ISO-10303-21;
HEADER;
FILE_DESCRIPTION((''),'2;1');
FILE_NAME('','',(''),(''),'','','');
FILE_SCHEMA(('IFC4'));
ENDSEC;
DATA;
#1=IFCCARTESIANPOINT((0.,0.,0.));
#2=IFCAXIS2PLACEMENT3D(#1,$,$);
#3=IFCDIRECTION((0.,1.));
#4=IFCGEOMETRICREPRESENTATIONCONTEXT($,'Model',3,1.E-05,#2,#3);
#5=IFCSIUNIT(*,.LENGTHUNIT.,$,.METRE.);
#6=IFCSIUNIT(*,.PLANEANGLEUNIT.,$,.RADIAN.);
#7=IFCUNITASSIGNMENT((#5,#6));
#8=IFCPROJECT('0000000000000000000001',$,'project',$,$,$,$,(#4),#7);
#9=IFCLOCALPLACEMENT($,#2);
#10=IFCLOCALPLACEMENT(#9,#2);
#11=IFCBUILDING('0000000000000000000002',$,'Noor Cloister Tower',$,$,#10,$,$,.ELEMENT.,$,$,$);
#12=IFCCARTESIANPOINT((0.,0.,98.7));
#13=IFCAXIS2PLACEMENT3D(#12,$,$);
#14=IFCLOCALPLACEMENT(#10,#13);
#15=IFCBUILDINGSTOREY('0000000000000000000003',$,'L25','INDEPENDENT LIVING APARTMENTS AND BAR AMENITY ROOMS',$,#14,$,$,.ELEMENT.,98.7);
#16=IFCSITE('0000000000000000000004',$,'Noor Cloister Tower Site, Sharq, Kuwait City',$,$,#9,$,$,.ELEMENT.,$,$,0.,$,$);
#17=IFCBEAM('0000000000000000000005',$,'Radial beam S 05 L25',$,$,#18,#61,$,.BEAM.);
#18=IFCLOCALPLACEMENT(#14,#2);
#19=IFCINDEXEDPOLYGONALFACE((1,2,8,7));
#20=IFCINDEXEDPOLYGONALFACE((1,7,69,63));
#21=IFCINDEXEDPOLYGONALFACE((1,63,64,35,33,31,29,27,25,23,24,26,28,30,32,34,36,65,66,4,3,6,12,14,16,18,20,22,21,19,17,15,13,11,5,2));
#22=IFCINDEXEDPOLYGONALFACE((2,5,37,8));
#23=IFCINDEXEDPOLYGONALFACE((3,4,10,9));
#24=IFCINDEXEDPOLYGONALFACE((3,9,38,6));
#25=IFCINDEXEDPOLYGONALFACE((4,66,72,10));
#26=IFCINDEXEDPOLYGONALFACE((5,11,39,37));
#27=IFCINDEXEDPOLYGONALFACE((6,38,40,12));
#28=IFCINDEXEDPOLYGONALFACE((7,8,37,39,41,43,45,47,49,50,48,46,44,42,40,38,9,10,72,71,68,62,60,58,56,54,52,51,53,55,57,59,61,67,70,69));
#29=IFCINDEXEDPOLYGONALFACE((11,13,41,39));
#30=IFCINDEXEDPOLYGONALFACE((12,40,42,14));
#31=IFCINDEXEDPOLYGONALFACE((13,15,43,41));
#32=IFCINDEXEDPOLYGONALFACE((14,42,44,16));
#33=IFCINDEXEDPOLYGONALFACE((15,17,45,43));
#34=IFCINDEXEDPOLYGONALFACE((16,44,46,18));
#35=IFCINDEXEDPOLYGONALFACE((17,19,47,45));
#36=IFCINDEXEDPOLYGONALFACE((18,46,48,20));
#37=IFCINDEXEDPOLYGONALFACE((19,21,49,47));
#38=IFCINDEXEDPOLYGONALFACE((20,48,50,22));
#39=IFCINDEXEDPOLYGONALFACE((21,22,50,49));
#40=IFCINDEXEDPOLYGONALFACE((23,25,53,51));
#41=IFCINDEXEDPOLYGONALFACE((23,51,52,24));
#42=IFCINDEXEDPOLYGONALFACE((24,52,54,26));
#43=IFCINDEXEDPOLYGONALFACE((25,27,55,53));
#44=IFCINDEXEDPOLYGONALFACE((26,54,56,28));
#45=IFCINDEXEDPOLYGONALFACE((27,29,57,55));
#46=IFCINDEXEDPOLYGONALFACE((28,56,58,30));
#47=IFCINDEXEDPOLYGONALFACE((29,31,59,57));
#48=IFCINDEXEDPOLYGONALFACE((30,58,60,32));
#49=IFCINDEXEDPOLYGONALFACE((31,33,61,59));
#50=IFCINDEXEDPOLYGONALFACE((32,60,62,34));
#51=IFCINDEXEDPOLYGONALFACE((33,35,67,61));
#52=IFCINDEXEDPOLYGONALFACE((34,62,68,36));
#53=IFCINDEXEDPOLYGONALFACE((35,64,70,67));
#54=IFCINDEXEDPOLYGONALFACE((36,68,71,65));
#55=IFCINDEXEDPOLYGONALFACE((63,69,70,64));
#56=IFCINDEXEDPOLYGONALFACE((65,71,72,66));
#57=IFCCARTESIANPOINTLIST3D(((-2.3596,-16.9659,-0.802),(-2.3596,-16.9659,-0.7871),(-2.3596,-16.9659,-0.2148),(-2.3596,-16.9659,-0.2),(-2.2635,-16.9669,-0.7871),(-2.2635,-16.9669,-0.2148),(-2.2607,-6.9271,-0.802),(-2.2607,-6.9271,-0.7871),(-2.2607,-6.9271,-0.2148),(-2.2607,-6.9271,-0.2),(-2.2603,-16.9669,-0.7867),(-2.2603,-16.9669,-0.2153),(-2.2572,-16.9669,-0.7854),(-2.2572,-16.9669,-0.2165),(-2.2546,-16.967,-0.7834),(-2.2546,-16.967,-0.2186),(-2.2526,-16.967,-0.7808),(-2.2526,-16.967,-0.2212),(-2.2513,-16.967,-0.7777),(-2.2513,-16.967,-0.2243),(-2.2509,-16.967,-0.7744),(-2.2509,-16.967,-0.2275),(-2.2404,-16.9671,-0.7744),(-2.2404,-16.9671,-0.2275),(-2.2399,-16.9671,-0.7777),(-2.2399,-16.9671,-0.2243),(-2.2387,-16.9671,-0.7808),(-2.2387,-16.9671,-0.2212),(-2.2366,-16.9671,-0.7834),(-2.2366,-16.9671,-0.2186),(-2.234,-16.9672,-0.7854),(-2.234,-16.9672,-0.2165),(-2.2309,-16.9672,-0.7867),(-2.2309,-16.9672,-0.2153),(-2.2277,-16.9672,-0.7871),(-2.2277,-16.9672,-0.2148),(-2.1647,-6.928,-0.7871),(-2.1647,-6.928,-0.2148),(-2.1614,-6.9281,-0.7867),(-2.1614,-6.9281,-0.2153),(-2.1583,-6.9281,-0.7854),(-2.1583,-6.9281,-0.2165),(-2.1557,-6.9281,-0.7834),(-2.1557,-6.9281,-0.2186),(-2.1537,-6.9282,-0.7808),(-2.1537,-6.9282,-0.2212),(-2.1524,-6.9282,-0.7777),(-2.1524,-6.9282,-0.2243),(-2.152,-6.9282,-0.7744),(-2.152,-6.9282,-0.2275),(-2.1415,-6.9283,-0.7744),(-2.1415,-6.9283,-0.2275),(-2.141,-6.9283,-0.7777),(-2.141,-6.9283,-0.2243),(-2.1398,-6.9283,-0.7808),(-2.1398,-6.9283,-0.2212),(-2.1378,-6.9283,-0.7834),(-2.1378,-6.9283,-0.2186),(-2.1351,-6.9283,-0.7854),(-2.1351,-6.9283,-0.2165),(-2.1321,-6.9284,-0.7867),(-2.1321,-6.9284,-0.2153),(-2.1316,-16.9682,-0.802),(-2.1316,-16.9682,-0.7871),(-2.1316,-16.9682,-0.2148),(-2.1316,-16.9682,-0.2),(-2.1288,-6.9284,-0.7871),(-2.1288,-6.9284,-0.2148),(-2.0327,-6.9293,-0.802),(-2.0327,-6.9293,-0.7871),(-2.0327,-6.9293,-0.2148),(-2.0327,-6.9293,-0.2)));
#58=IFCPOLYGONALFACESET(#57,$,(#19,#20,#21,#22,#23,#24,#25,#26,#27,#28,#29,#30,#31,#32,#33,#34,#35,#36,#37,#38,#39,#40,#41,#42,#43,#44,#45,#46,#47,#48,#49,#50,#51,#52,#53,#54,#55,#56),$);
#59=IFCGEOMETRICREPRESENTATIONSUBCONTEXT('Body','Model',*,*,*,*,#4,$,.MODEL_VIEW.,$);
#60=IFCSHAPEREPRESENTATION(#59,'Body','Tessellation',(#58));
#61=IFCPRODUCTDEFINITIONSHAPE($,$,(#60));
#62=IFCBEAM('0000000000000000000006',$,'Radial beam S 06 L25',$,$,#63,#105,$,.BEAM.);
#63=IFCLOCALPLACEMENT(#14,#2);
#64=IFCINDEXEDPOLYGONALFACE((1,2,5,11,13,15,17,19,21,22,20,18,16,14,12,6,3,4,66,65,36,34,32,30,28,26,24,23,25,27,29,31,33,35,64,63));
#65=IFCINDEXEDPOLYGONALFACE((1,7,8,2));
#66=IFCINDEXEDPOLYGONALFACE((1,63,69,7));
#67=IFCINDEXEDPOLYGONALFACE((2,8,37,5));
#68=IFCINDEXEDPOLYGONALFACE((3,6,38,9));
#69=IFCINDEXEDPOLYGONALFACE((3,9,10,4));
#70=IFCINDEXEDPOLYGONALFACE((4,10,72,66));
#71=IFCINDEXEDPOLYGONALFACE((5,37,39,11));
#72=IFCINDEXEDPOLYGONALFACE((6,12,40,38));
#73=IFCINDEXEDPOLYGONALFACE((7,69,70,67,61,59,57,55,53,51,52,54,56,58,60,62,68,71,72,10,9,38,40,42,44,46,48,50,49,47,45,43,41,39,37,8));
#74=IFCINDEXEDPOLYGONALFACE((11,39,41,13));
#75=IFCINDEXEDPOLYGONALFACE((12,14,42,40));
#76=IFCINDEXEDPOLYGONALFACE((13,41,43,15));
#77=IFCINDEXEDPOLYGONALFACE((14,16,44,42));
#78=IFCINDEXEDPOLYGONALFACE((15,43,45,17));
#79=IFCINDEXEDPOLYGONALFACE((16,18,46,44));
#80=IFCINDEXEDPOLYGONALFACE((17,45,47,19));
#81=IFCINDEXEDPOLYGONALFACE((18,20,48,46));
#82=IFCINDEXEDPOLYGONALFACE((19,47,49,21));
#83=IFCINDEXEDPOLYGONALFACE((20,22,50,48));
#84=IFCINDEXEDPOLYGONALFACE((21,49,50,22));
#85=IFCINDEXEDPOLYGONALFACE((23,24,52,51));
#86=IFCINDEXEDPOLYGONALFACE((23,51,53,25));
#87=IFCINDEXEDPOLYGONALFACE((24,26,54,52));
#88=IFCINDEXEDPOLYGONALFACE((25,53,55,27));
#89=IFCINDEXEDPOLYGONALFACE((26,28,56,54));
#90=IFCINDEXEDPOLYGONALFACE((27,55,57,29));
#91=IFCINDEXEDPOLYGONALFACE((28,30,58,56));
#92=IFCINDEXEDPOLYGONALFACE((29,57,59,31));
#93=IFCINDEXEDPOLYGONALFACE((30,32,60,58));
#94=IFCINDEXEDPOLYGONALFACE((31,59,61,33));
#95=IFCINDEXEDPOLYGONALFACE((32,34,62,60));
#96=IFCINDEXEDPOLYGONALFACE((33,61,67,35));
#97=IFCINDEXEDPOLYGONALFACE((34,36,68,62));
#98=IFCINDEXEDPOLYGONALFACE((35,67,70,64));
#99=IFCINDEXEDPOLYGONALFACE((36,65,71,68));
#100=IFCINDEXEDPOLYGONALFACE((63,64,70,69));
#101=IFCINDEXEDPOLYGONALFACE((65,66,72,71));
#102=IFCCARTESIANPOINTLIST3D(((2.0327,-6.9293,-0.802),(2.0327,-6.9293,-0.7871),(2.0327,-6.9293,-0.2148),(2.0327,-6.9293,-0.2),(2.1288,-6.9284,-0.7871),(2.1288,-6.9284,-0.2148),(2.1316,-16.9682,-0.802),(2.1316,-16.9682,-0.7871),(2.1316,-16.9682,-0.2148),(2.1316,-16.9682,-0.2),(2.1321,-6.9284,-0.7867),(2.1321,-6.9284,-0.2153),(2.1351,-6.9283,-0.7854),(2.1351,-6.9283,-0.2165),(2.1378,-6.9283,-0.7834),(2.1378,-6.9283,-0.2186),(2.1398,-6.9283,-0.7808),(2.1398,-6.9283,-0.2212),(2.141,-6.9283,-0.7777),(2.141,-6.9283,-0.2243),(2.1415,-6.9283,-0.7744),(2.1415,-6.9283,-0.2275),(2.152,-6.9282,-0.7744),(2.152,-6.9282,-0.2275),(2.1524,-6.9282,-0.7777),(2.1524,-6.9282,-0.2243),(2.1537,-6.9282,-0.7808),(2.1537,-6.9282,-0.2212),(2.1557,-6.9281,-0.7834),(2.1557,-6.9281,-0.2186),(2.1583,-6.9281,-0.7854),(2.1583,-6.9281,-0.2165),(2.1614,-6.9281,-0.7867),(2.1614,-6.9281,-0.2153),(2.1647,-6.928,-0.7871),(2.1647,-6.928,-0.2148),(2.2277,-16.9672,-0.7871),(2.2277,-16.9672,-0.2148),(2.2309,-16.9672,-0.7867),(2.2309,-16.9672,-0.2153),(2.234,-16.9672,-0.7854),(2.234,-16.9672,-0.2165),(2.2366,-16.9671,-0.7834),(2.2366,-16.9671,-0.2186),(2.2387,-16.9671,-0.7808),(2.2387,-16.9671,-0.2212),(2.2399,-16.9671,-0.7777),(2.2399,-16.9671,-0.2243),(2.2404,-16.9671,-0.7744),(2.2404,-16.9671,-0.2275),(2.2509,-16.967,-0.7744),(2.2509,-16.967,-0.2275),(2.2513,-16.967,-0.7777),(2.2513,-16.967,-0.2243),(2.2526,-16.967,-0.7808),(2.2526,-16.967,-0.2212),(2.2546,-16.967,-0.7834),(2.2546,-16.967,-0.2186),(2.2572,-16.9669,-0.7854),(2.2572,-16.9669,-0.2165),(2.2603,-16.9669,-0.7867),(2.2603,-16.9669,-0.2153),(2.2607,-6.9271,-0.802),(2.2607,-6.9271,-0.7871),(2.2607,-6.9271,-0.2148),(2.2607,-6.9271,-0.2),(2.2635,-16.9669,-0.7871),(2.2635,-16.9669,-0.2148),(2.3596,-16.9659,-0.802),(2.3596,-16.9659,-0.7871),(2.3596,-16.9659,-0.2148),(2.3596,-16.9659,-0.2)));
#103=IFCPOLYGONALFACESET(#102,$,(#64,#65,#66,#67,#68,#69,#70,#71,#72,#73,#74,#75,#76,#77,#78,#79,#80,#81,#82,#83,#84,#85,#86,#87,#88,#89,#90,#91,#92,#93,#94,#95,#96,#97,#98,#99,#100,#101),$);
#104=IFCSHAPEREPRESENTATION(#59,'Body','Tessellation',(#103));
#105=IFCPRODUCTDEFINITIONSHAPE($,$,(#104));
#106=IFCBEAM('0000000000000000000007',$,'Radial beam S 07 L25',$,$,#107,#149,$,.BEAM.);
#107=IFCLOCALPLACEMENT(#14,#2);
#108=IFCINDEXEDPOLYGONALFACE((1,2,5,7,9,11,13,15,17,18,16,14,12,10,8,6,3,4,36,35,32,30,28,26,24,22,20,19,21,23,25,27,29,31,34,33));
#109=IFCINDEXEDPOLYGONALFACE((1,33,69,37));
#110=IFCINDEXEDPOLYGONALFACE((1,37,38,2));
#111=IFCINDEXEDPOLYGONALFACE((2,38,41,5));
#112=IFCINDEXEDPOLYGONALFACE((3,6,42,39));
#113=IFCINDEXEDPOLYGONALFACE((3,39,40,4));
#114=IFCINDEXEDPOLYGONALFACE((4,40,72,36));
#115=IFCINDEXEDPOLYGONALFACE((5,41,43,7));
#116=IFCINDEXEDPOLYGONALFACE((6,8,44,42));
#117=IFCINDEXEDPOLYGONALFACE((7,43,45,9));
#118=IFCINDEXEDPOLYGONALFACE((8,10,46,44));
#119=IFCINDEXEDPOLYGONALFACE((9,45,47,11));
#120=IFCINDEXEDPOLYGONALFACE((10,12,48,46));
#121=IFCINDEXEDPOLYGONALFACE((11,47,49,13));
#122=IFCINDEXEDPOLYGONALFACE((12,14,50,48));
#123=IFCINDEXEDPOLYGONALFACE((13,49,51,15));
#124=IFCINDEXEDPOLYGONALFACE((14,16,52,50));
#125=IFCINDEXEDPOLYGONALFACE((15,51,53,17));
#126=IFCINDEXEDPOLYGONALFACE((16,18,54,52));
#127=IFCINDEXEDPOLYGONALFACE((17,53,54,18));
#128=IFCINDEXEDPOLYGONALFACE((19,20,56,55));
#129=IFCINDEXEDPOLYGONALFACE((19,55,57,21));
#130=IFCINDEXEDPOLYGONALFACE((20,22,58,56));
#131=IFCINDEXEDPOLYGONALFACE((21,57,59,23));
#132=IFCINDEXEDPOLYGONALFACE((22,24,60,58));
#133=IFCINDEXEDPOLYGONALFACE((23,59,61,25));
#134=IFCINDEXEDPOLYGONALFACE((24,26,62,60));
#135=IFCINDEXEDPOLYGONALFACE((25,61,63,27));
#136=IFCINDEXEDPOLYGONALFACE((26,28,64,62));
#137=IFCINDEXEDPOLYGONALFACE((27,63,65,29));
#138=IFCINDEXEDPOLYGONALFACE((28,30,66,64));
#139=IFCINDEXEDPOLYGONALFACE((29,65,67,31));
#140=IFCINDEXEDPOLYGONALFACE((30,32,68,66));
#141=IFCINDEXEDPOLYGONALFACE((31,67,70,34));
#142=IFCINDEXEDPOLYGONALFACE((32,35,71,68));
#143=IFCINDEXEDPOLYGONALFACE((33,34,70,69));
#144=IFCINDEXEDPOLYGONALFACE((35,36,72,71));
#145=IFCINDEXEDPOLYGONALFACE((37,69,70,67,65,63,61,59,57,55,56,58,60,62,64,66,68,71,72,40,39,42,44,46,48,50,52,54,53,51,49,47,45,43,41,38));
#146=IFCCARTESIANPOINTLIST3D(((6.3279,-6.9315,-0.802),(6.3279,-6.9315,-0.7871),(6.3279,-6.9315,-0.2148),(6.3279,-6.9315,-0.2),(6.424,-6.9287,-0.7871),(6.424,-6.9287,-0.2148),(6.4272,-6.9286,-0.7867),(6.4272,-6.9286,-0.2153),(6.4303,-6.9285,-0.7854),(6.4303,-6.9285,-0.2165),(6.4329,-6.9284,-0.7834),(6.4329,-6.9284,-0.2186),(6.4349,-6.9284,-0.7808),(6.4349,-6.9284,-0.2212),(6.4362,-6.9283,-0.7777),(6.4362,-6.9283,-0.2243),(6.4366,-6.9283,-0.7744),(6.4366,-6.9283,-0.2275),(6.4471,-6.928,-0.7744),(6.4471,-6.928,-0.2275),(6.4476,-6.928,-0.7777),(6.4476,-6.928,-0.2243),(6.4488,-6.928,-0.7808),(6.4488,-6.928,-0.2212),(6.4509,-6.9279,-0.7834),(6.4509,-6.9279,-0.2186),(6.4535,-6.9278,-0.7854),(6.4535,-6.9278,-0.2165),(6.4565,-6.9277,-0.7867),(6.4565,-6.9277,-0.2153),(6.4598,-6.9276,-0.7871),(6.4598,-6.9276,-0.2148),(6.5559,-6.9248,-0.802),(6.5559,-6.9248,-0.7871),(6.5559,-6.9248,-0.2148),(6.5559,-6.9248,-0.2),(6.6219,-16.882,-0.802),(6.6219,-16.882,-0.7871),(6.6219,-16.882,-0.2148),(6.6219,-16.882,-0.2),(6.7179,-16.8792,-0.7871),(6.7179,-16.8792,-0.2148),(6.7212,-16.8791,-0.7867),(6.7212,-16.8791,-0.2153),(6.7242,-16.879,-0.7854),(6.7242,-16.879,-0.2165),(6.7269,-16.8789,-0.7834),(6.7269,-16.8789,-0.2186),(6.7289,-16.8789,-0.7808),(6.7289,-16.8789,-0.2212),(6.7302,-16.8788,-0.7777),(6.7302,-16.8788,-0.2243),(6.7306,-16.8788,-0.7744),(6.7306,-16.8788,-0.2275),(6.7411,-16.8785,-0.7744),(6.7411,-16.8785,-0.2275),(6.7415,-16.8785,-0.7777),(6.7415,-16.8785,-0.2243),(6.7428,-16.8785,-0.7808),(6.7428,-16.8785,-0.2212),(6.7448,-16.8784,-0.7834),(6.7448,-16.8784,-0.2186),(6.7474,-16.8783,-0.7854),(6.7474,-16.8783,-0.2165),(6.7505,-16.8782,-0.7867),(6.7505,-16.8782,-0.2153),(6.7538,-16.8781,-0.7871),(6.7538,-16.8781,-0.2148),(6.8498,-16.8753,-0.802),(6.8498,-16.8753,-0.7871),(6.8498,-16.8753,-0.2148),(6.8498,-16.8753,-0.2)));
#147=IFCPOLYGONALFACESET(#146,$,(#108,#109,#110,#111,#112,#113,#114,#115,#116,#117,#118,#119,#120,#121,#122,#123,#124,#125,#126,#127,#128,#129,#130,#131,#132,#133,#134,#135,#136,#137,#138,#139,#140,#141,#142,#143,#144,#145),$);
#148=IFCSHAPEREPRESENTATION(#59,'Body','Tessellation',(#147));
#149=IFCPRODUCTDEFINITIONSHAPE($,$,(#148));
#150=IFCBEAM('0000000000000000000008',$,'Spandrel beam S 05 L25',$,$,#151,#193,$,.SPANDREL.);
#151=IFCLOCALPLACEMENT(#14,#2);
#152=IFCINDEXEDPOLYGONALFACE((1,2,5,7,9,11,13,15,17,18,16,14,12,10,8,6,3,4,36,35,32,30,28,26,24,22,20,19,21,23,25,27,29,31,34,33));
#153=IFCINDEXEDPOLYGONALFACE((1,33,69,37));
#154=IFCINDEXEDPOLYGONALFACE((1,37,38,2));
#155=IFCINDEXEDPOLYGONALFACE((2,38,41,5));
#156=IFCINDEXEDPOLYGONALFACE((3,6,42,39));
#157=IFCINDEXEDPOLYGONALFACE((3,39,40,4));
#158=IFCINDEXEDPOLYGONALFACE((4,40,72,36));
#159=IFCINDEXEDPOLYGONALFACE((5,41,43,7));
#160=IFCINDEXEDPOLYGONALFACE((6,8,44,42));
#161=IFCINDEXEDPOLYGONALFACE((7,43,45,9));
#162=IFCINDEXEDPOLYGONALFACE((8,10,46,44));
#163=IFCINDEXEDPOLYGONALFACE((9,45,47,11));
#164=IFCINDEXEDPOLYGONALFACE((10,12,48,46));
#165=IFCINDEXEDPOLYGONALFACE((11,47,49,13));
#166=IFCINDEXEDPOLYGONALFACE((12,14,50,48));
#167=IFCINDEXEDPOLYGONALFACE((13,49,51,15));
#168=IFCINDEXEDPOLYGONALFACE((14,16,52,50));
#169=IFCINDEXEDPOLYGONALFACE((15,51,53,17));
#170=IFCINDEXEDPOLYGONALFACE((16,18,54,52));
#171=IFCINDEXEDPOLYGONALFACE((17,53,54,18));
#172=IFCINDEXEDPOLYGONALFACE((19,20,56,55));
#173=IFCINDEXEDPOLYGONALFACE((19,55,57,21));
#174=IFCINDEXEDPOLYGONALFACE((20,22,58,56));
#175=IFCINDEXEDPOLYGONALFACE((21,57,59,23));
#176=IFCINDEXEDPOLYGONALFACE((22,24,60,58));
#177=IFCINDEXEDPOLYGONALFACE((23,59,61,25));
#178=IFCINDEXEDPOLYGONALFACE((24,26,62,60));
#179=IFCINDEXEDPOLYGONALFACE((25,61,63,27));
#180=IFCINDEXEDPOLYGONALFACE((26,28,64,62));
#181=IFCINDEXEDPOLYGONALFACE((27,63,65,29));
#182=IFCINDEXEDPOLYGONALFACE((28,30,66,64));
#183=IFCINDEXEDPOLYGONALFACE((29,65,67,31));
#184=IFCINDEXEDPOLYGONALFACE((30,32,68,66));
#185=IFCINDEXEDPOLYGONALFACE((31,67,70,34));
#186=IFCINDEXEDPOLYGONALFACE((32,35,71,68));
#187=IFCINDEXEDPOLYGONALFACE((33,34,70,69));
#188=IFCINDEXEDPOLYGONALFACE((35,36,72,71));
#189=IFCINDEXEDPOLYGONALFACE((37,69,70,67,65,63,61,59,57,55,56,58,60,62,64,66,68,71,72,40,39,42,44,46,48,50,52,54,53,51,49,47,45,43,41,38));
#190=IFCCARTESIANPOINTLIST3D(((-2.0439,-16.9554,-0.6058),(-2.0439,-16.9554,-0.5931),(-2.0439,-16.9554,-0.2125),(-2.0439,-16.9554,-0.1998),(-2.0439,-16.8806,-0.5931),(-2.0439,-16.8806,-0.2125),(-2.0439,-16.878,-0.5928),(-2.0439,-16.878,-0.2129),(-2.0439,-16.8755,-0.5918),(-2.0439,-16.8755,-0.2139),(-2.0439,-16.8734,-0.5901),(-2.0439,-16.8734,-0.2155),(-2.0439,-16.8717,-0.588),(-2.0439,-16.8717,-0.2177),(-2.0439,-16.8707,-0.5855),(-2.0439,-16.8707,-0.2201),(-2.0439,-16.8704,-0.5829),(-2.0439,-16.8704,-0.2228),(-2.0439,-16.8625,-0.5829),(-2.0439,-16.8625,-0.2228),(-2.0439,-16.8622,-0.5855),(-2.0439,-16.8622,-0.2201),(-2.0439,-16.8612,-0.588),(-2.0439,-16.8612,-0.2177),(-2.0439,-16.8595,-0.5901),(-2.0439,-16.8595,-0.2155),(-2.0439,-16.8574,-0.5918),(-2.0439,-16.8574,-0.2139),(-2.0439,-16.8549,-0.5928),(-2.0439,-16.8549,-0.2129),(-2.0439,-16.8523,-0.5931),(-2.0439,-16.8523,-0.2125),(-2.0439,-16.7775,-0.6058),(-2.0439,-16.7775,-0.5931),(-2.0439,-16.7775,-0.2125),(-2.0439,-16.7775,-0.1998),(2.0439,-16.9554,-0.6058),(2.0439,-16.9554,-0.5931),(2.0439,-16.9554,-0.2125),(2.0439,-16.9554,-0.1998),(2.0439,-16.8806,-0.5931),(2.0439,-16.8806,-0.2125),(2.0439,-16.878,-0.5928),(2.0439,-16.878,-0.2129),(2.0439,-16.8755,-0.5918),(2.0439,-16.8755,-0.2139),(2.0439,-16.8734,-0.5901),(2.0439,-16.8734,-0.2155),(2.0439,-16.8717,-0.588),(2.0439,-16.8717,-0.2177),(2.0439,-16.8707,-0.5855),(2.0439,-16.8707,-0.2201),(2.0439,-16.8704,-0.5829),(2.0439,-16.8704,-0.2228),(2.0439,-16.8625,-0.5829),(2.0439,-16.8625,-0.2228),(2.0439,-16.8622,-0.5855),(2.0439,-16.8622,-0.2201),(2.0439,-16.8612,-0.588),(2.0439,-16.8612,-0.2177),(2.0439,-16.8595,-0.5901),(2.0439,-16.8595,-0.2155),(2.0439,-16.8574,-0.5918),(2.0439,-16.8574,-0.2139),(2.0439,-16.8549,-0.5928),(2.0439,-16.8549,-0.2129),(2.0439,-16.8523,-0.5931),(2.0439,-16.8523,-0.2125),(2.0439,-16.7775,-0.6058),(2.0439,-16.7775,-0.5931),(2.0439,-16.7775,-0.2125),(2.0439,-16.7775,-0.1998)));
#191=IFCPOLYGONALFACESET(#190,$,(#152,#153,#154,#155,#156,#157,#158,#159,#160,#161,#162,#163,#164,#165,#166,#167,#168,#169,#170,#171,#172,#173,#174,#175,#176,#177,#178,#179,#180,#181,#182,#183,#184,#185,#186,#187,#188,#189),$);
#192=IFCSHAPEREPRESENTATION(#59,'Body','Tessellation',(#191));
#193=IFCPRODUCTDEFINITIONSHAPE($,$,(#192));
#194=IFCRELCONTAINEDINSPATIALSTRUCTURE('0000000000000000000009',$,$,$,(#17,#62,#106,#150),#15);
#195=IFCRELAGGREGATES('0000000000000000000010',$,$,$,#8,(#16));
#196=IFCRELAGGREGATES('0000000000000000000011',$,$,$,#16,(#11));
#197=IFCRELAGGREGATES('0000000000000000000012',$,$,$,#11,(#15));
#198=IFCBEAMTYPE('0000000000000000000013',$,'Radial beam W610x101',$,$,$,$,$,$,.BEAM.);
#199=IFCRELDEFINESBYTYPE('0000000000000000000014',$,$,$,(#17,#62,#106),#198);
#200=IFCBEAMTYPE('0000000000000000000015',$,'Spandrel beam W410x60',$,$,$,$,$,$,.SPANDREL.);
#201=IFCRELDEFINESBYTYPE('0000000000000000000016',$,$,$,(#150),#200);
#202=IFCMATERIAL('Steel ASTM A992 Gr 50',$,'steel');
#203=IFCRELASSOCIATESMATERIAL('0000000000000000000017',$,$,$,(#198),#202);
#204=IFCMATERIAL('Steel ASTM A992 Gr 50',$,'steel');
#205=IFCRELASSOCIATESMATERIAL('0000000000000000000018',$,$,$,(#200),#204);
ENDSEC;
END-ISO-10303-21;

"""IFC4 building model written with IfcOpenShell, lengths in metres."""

from ifc_helpers import new_model, si_unit, direction, frame, origin, origin_2d, place, context, subcontext, project, spatial, i_section, extrude, material, material_profile, profile_set, type_object, element, save


model = new_model("IFC4")

# Units and contexts
model_context = context("Model", 3, precision=1e-05, world=origin(), true_north=direction((0.0, 1.0)))
body_context = subcontext(model_context, "Body", "Model", "MODEL_VIEW")
ifc_project = project(units=[si_unit("LENGTHUNIT", "METRE"), si_unit("PLANEANGLEUNIT", "RADIAN")], contexts=[model_context])

# Site, building, storey
site_placement = place(None, origin())
site = spatial("IfcSite", under=ifc_project, at=site_placement, Name="Noor Cloister Tower Site, Sharq, Kuwait City", CompositionType="ELEMENT", RefElevation=0.0)
building_placement = place(site_placement, origin())
building = spatial("IfcBuilding", under=site, at=building_placement, Name="Noor Cloister Tower", CompositionType="ELEMENT")
storey_placement = place(building_placement, frame((0.0, 0.0, 98.7)))
storey = spatial("IfcBuildingStorey", under=building, at=storey_placement, Name="L25", Description="INDEPENDENT LIVING APARTMENTS AND BAR AMENITY ROOMS", CompositionType="ELEMENT", Elevation=98.7)

# Beams
ifc_material_1 = material(Name="Steel ASTM A992 Gr 50", Category="steel")
ifc_material_profile_1 = material_profile(ifc_material_1, i_section(OverallWidth=0.228, OverallDepth=0.6021, WebThickness=0.0105, FlangeThickness=0.0149, FilletRadius=0.0127, at=origin_2d()), Name="W610x101")
ifc_profile_set_1 = profile_set([ifc_material_profile_1], Name="Steel ASTM A992 Gr 50")
beam_type_1 = type_object("IfcBeamType", Name="Radial beam W610x101", PredefinedType="BEAM", material=ifc_profile_set_1)
for number, where, z_axis, x_axis, name in (
    (1, (-2.2456, -16.967, -0.501), (0.009849, 0.999951, 0.0), (-0.999951, 0.009849, 0.0), "Radial beam S 05 L25"),
    (2, (2.2456, -16.967, -0.501), (-0.009849, 0.999951, 0.0), (-0.999951, -0.009849, 0.0), "Radial beam S 06 L25"),
):
    element("IfcBeam", number, at=place(storey_placement, frame(where, z_axis=z_axis, x_axis=x_axis)), inside=storey, type_object=beam_type_1, Name=name, PredefinedType="BEAM", context=body_context, shape_type="SweptSolid", body=[
        extrude(i_section(OverallWidth=0.228, OverallDepth=0.6021, WebThickness=0.0105, FlangeThickness=0.0149, FilletRadius=0.0127, at=origin_2d()), origin(), (0.0, 0.0, 1.0), 10.0393),
    ])
beam_1_placement = place(storey_placement, frame((6.7358, -16.8787, -0.501), z_axis=(-0.029528, 0.999564, 0.0), x_axis=(-0.999564, -0.029528, 0.0)))
element("IfcBeam", 3, at=beam_1_placement, inside=storey, type_object=beam_type_1, Name="Radial beam S 07 L25", PredefinedType="BEAM", context=body_context, shape_type="SweptSolid", body=[
    extrude(i_section(OverallWidth=0.228, OverallDepth=0.6021, WebThickness=0.0105, FlangeThickness=0.0149, FilletRadius=0.0127, at=origin_2d()), origin(), (0.0, 0.0, 1.0), 9.9548),
])
ifc_material_2 = material(Name="Steel ASTM A992 Gr 50", Category="steel")
ifc_material_profile_2 = material_profile(ifc_material_2, i_section(OverallWidth=0.178, OverallDepth=0.406, WebThickness=0.0078, FlangeThickness=0.0127, FilletRadius=0.0103, at=origin_2d()), Name="W410x60")
ifc_profile_set_2 = profile_set([ifc_material_profile_2], Name="Steel ASTM A992 Gr 50")
beam_type_2 = type_object("IfcBeamType", Name="Spandrel beam W410x60", PredefinedType="SPANDREL", material=ifc_profile_set_2)
for number, where, z_axis, x_axis, name in (
    (4, (-2.0439, -16.8665, -0.4028), (1.0, 0.0, 0.0), (0.0, 1.0, 0.0), "Spandrel beam S 05 L25"),
):
    element("IfcBeam", number, at=place(storey_placement, frame(where, z_axis=z_axis, x_axis=x_axis)), inside=storey, type_object=beam_type_2, Name=name, PredefinedType="SPANDREL", context=body_context, shape_type="SweptSolid", body=[
        extrude(i_section(OverallWidth=0.178, OverallDepth=0.406, WebThickness=0.0078, FlangeThickness=0.0127, FilletRadius=0.0103, at=origin_2d()), origin(), (0.0, 0.0, 1.0), 4.0879),
    ])

save(model, "model.ifc")
